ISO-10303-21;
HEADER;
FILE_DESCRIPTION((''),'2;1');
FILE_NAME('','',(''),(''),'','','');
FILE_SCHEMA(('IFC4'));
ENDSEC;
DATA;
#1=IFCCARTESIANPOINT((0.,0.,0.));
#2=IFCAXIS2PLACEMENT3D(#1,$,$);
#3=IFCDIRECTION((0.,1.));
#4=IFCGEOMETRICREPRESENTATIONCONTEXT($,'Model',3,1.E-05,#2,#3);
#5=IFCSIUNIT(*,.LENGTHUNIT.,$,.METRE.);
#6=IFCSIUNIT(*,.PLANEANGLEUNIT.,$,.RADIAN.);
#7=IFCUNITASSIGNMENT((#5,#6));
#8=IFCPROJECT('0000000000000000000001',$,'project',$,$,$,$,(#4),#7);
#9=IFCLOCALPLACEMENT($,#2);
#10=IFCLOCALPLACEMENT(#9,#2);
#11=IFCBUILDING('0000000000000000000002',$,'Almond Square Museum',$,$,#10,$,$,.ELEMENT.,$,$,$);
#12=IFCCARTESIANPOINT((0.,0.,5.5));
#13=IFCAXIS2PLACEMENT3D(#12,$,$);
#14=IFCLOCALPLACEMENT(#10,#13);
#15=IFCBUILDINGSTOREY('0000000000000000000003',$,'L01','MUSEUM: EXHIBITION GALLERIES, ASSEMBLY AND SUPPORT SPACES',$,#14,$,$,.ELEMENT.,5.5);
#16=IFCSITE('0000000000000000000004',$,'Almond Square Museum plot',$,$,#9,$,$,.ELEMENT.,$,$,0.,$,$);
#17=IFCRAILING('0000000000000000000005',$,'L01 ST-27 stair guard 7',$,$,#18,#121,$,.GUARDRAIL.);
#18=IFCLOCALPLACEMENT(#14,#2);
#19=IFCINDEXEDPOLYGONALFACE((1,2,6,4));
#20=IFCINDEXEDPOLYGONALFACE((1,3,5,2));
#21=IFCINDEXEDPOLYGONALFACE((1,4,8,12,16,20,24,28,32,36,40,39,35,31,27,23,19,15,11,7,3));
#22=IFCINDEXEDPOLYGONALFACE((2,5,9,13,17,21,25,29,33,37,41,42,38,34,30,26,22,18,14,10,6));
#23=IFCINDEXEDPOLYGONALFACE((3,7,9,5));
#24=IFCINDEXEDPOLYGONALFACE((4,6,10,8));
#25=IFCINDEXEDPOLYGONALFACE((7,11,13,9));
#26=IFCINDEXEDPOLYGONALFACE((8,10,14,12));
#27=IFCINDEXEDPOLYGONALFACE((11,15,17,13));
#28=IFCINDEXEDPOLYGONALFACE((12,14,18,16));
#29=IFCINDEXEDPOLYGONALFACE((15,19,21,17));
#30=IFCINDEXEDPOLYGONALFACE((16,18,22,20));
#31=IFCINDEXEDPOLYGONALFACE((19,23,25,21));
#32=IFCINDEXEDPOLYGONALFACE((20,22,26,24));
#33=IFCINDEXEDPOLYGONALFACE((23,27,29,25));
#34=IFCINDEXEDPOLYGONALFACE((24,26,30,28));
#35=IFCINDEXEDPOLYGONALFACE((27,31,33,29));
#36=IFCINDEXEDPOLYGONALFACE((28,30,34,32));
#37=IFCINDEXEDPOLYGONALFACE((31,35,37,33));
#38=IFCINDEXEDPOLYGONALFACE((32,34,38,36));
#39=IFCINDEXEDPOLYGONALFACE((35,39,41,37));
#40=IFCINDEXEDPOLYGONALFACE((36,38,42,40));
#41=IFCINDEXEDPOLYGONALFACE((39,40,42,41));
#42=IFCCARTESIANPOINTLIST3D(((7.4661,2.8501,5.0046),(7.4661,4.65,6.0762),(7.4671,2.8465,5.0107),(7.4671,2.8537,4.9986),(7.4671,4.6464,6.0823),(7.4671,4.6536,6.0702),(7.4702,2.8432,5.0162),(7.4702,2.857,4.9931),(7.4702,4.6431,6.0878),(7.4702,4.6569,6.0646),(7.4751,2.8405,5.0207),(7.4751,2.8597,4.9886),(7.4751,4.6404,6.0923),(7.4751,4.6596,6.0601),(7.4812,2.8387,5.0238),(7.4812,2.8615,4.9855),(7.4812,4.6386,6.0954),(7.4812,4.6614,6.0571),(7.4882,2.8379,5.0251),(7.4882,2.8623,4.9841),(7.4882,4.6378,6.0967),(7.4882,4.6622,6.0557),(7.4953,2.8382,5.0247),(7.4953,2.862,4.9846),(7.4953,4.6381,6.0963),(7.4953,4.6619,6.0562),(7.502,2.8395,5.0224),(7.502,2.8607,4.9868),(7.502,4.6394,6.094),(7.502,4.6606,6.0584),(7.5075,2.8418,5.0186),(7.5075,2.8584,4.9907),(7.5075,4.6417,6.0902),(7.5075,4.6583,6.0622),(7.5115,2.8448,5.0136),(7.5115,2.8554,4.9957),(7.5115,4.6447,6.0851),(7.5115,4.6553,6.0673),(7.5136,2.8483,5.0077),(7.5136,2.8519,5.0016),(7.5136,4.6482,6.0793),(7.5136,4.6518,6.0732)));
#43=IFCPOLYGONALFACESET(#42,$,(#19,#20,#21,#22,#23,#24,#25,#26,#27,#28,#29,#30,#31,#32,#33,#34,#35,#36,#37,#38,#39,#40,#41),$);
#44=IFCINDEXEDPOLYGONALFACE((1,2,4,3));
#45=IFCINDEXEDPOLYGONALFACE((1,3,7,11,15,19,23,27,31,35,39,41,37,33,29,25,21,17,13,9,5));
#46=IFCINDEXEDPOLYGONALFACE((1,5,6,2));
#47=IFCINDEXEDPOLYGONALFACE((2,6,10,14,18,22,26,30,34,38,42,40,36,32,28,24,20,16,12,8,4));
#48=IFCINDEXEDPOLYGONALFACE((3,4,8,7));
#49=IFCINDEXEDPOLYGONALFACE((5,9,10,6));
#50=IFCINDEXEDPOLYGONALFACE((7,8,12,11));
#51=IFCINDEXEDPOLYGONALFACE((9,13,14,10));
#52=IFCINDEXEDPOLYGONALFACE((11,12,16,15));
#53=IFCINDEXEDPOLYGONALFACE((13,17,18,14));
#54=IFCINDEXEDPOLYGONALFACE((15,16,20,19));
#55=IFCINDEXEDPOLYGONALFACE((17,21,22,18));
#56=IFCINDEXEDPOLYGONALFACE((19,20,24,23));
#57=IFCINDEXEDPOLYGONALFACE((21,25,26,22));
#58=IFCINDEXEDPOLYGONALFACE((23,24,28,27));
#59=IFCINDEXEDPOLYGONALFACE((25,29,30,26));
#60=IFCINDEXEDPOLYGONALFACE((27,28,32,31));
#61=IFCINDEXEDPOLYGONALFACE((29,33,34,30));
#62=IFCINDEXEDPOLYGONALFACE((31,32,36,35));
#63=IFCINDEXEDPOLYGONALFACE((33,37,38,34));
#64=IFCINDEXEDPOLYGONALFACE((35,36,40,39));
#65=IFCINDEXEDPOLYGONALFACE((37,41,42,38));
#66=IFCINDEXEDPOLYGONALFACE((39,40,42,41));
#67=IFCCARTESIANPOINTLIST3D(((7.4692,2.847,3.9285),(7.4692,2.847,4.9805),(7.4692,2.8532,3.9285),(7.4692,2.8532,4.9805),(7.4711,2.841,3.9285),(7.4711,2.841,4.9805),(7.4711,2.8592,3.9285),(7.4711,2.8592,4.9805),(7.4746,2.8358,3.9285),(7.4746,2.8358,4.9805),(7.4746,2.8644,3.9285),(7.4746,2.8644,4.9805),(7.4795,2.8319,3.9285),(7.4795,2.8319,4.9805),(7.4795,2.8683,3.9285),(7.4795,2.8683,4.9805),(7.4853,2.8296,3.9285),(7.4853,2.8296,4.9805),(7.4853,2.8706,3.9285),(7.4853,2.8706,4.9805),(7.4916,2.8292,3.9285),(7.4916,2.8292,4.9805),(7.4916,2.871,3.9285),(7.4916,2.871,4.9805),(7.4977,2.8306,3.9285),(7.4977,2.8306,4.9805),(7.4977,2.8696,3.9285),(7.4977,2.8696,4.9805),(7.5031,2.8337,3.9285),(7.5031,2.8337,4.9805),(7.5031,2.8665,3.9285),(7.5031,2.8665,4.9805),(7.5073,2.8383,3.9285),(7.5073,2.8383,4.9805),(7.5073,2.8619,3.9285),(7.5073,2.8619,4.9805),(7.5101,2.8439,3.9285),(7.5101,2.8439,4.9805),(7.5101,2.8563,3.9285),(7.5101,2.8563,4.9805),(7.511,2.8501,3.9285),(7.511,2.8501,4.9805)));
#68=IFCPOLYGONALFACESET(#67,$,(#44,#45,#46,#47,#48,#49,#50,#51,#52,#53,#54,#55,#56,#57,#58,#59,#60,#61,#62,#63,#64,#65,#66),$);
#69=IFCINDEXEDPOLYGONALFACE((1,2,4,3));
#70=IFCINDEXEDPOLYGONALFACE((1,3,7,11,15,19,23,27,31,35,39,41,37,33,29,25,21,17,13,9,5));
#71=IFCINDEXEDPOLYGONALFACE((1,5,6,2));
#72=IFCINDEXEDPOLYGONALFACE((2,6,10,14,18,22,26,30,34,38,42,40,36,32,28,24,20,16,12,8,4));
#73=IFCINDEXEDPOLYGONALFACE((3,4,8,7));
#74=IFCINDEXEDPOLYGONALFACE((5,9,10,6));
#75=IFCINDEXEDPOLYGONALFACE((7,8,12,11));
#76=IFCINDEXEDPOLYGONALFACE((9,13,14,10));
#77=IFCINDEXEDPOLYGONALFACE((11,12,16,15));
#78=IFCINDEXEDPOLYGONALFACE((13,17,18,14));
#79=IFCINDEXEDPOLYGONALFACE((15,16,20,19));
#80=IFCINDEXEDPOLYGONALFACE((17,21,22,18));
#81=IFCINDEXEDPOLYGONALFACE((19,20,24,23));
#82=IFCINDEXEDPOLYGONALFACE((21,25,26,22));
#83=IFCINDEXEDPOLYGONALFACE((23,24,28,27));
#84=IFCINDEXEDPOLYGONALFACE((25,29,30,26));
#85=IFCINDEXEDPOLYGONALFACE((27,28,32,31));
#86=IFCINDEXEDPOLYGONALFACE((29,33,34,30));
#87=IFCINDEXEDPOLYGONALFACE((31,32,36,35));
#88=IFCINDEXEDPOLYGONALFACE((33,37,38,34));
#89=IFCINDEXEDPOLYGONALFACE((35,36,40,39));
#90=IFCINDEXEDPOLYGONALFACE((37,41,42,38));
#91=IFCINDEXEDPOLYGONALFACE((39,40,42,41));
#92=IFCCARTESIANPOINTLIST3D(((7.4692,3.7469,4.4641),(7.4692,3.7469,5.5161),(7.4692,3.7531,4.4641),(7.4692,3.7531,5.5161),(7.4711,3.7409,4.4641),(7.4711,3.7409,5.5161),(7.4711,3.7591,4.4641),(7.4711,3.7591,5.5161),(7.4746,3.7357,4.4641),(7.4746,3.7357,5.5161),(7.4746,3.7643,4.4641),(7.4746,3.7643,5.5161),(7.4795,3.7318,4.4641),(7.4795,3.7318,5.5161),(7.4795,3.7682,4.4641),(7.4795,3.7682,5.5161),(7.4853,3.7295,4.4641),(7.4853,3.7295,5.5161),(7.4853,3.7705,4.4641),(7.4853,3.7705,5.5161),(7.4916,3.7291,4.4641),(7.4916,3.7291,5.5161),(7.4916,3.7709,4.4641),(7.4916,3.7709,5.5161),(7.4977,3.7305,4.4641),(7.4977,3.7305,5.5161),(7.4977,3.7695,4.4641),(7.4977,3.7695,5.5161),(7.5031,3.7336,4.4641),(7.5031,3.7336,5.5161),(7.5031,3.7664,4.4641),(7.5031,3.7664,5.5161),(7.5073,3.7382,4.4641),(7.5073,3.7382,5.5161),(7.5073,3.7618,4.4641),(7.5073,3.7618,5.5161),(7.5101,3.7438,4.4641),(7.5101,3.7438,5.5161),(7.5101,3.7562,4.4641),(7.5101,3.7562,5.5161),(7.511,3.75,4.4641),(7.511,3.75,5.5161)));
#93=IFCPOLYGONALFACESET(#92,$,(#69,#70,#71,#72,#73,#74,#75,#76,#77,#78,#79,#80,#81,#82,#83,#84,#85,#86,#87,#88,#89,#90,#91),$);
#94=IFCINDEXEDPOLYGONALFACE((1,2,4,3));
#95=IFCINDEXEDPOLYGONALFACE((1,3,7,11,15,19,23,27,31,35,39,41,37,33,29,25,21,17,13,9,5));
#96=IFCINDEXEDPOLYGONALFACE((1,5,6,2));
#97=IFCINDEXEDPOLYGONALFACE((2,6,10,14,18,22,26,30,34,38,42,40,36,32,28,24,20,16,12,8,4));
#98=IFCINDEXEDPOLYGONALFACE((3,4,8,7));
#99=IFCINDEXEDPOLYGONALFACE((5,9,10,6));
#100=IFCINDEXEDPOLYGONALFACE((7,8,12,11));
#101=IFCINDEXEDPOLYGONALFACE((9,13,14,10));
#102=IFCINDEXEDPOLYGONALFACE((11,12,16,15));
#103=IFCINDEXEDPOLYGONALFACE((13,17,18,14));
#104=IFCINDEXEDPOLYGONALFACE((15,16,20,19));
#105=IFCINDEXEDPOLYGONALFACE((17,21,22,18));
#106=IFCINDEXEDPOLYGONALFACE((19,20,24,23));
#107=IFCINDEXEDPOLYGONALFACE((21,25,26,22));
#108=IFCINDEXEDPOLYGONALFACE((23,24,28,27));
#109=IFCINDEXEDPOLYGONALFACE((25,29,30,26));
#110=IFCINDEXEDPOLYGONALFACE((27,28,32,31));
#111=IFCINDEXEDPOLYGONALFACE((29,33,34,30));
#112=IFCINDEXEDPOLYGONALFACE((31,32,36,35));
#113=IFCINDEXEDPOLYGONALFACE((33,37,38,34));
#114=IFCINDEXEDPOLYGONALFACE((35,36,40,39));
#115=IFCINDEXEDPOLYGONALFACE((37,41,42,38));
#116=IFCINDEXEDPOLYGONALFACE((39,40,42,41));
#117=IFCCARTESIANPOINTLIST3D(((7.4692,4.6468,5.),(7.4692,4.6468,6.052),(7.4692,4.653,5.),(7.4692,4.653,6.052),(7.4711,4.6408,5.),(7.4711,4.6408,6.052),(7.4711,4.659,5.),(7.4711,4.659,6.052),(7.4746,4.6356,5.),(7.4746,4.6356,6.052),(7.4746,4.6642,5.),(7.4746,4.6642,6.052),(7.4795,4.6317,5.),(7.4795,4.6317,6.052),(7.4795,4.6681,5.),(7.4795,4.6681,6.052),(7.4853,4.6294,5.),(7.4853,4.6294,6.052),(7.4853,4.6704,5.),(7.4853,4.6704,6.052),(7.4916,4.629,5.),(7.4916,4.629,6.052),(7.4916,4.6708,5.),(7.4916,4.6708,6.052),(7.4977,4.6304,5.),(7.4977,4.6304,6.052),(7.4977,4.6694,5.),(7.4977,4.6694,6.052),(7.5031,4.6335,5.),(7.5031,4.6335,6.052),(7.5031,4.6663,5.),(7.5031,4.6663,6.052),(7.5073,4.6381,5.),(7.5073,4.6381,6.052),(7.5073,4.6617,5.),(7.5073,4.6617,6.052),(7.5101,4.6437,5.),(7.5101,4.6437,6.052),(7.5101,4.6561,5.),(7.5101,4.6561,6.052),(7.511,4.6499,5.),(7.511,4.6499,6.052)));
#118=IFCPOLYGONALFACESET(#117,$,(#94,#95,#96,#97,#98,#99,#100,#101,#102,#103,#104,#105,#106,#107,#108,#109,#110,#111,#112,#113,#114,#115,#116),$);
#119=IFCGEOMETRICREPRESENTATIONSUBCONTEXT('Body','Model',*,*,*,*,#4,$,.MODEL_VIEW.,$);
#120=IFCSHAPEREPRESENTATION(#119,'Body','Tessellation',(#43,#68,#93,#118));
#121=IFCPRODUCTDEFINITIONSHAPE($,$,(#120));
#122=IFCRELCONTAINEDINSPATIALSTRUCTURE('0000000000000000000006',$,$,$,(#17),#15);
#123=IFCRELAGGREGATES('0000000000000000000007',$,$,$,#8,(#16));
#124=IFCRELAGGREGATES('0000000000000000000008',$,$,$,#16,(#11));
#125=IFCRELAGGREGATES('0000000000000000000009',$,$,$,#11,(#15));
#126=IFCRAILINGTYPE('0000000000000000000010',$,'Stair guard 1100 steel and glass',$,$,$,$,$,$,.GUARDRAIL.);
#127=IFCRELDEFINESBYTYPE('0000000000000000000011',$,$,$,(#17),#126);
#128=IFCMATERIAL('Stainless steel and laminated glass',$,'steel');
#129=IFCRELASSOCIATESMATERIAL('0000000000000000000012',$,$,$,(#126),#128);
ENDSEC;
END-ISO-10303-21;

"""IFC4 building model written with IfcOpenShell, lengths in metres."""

from ifc_helpers import new_model, si_unit, direction, frame, origin, origin_2d, place, context, subcontext, project, spatial, circle, extrude, material, type_object, element, save


model = new_model("IFC4")

# Units and contexts
model_context = context("Model", 3, precision=1e-05, world=origin(), true_north=direction((0.0, 1.0)))
body_context = subcontext(model_context, "Body", "Model", "MODEL_VIEW")
ifc_project = project(units=[si_unit("LENGTHUNIT", "METRE"), si_unit("PLANEANGLEUNIT", "RADIAN")], contexts=[model_context])

# Site, building, storey
site_placement = place(None, origin())
site = spatial("IfcSite", under=ifc_project, at=site_placement, Name="Almond Square Museum plot", CompositionType="ELEMENT", RefElevation=0.0)
building_placement = place(site_placement, origin())
building = spatial("IfcBuilding", under=site, at=building_placement, Name="Almond Square Museum", CompositionType="ELEMENT")
storey_placement = place(building_placement, frame((0.0, 0.0, 5.5)))
storey = spatial("IfcBuildingStorey", under=building, at=storey_placement, Name="L01", Description="MUSEUM: EXHIBITION GALLERIES, ASSEMBLY AND SUPPORT SPACES", CompositionType="ELEMENT", Elevation=5.5)

# Railing
ifc_material_1 = material(Name="Stainless steel and laminated glass", Category="steel")
railing_type = type_object("IfcRailingType", Name="Stair guard 1100 steel and glass", PredefinedType="GUARDRAIL", material=ifc_material_1)
railing_1_placement = place(storey_placement, frame((7.49, 2.8501, 3.9285)))
element("IfcRailing", 1, at=railing_1_placement, inside=storey, type_object=railing_type, Name="L01 ST-27 stair guard 7", PredefinedType="GUARDRAIL", context=body_context, shape_type="SweptSolid", body=[
    extrude(circle(Radius=0.0239, at=origin_2d()), frame((0.0, 0.0, 1.0762), z_axis=(0.0, 0.859247, 0.511562), x_axis=(-1.0, 0.0, 0.0)), (0.0, 0.0, 1.0), 2.0947),
    extrude(circle(Radius=0.021, at=origin_2d()), origin(), (0.0, 0.0, 1.0), 1.052),
    extrude(circle(Radius=0.021, at=origin_2d()), frame((0.0, 0.8999, 0.5356)), (0.0, 0.0, 1.0), 1.052),
    extrude(circle(Radius=0.021, at=origin_2d()), frame((0.0, 1.7998, 1.0715)), (0.0, 0.0, 1.0), 1.052),
])

save(model, "model.ifc")
